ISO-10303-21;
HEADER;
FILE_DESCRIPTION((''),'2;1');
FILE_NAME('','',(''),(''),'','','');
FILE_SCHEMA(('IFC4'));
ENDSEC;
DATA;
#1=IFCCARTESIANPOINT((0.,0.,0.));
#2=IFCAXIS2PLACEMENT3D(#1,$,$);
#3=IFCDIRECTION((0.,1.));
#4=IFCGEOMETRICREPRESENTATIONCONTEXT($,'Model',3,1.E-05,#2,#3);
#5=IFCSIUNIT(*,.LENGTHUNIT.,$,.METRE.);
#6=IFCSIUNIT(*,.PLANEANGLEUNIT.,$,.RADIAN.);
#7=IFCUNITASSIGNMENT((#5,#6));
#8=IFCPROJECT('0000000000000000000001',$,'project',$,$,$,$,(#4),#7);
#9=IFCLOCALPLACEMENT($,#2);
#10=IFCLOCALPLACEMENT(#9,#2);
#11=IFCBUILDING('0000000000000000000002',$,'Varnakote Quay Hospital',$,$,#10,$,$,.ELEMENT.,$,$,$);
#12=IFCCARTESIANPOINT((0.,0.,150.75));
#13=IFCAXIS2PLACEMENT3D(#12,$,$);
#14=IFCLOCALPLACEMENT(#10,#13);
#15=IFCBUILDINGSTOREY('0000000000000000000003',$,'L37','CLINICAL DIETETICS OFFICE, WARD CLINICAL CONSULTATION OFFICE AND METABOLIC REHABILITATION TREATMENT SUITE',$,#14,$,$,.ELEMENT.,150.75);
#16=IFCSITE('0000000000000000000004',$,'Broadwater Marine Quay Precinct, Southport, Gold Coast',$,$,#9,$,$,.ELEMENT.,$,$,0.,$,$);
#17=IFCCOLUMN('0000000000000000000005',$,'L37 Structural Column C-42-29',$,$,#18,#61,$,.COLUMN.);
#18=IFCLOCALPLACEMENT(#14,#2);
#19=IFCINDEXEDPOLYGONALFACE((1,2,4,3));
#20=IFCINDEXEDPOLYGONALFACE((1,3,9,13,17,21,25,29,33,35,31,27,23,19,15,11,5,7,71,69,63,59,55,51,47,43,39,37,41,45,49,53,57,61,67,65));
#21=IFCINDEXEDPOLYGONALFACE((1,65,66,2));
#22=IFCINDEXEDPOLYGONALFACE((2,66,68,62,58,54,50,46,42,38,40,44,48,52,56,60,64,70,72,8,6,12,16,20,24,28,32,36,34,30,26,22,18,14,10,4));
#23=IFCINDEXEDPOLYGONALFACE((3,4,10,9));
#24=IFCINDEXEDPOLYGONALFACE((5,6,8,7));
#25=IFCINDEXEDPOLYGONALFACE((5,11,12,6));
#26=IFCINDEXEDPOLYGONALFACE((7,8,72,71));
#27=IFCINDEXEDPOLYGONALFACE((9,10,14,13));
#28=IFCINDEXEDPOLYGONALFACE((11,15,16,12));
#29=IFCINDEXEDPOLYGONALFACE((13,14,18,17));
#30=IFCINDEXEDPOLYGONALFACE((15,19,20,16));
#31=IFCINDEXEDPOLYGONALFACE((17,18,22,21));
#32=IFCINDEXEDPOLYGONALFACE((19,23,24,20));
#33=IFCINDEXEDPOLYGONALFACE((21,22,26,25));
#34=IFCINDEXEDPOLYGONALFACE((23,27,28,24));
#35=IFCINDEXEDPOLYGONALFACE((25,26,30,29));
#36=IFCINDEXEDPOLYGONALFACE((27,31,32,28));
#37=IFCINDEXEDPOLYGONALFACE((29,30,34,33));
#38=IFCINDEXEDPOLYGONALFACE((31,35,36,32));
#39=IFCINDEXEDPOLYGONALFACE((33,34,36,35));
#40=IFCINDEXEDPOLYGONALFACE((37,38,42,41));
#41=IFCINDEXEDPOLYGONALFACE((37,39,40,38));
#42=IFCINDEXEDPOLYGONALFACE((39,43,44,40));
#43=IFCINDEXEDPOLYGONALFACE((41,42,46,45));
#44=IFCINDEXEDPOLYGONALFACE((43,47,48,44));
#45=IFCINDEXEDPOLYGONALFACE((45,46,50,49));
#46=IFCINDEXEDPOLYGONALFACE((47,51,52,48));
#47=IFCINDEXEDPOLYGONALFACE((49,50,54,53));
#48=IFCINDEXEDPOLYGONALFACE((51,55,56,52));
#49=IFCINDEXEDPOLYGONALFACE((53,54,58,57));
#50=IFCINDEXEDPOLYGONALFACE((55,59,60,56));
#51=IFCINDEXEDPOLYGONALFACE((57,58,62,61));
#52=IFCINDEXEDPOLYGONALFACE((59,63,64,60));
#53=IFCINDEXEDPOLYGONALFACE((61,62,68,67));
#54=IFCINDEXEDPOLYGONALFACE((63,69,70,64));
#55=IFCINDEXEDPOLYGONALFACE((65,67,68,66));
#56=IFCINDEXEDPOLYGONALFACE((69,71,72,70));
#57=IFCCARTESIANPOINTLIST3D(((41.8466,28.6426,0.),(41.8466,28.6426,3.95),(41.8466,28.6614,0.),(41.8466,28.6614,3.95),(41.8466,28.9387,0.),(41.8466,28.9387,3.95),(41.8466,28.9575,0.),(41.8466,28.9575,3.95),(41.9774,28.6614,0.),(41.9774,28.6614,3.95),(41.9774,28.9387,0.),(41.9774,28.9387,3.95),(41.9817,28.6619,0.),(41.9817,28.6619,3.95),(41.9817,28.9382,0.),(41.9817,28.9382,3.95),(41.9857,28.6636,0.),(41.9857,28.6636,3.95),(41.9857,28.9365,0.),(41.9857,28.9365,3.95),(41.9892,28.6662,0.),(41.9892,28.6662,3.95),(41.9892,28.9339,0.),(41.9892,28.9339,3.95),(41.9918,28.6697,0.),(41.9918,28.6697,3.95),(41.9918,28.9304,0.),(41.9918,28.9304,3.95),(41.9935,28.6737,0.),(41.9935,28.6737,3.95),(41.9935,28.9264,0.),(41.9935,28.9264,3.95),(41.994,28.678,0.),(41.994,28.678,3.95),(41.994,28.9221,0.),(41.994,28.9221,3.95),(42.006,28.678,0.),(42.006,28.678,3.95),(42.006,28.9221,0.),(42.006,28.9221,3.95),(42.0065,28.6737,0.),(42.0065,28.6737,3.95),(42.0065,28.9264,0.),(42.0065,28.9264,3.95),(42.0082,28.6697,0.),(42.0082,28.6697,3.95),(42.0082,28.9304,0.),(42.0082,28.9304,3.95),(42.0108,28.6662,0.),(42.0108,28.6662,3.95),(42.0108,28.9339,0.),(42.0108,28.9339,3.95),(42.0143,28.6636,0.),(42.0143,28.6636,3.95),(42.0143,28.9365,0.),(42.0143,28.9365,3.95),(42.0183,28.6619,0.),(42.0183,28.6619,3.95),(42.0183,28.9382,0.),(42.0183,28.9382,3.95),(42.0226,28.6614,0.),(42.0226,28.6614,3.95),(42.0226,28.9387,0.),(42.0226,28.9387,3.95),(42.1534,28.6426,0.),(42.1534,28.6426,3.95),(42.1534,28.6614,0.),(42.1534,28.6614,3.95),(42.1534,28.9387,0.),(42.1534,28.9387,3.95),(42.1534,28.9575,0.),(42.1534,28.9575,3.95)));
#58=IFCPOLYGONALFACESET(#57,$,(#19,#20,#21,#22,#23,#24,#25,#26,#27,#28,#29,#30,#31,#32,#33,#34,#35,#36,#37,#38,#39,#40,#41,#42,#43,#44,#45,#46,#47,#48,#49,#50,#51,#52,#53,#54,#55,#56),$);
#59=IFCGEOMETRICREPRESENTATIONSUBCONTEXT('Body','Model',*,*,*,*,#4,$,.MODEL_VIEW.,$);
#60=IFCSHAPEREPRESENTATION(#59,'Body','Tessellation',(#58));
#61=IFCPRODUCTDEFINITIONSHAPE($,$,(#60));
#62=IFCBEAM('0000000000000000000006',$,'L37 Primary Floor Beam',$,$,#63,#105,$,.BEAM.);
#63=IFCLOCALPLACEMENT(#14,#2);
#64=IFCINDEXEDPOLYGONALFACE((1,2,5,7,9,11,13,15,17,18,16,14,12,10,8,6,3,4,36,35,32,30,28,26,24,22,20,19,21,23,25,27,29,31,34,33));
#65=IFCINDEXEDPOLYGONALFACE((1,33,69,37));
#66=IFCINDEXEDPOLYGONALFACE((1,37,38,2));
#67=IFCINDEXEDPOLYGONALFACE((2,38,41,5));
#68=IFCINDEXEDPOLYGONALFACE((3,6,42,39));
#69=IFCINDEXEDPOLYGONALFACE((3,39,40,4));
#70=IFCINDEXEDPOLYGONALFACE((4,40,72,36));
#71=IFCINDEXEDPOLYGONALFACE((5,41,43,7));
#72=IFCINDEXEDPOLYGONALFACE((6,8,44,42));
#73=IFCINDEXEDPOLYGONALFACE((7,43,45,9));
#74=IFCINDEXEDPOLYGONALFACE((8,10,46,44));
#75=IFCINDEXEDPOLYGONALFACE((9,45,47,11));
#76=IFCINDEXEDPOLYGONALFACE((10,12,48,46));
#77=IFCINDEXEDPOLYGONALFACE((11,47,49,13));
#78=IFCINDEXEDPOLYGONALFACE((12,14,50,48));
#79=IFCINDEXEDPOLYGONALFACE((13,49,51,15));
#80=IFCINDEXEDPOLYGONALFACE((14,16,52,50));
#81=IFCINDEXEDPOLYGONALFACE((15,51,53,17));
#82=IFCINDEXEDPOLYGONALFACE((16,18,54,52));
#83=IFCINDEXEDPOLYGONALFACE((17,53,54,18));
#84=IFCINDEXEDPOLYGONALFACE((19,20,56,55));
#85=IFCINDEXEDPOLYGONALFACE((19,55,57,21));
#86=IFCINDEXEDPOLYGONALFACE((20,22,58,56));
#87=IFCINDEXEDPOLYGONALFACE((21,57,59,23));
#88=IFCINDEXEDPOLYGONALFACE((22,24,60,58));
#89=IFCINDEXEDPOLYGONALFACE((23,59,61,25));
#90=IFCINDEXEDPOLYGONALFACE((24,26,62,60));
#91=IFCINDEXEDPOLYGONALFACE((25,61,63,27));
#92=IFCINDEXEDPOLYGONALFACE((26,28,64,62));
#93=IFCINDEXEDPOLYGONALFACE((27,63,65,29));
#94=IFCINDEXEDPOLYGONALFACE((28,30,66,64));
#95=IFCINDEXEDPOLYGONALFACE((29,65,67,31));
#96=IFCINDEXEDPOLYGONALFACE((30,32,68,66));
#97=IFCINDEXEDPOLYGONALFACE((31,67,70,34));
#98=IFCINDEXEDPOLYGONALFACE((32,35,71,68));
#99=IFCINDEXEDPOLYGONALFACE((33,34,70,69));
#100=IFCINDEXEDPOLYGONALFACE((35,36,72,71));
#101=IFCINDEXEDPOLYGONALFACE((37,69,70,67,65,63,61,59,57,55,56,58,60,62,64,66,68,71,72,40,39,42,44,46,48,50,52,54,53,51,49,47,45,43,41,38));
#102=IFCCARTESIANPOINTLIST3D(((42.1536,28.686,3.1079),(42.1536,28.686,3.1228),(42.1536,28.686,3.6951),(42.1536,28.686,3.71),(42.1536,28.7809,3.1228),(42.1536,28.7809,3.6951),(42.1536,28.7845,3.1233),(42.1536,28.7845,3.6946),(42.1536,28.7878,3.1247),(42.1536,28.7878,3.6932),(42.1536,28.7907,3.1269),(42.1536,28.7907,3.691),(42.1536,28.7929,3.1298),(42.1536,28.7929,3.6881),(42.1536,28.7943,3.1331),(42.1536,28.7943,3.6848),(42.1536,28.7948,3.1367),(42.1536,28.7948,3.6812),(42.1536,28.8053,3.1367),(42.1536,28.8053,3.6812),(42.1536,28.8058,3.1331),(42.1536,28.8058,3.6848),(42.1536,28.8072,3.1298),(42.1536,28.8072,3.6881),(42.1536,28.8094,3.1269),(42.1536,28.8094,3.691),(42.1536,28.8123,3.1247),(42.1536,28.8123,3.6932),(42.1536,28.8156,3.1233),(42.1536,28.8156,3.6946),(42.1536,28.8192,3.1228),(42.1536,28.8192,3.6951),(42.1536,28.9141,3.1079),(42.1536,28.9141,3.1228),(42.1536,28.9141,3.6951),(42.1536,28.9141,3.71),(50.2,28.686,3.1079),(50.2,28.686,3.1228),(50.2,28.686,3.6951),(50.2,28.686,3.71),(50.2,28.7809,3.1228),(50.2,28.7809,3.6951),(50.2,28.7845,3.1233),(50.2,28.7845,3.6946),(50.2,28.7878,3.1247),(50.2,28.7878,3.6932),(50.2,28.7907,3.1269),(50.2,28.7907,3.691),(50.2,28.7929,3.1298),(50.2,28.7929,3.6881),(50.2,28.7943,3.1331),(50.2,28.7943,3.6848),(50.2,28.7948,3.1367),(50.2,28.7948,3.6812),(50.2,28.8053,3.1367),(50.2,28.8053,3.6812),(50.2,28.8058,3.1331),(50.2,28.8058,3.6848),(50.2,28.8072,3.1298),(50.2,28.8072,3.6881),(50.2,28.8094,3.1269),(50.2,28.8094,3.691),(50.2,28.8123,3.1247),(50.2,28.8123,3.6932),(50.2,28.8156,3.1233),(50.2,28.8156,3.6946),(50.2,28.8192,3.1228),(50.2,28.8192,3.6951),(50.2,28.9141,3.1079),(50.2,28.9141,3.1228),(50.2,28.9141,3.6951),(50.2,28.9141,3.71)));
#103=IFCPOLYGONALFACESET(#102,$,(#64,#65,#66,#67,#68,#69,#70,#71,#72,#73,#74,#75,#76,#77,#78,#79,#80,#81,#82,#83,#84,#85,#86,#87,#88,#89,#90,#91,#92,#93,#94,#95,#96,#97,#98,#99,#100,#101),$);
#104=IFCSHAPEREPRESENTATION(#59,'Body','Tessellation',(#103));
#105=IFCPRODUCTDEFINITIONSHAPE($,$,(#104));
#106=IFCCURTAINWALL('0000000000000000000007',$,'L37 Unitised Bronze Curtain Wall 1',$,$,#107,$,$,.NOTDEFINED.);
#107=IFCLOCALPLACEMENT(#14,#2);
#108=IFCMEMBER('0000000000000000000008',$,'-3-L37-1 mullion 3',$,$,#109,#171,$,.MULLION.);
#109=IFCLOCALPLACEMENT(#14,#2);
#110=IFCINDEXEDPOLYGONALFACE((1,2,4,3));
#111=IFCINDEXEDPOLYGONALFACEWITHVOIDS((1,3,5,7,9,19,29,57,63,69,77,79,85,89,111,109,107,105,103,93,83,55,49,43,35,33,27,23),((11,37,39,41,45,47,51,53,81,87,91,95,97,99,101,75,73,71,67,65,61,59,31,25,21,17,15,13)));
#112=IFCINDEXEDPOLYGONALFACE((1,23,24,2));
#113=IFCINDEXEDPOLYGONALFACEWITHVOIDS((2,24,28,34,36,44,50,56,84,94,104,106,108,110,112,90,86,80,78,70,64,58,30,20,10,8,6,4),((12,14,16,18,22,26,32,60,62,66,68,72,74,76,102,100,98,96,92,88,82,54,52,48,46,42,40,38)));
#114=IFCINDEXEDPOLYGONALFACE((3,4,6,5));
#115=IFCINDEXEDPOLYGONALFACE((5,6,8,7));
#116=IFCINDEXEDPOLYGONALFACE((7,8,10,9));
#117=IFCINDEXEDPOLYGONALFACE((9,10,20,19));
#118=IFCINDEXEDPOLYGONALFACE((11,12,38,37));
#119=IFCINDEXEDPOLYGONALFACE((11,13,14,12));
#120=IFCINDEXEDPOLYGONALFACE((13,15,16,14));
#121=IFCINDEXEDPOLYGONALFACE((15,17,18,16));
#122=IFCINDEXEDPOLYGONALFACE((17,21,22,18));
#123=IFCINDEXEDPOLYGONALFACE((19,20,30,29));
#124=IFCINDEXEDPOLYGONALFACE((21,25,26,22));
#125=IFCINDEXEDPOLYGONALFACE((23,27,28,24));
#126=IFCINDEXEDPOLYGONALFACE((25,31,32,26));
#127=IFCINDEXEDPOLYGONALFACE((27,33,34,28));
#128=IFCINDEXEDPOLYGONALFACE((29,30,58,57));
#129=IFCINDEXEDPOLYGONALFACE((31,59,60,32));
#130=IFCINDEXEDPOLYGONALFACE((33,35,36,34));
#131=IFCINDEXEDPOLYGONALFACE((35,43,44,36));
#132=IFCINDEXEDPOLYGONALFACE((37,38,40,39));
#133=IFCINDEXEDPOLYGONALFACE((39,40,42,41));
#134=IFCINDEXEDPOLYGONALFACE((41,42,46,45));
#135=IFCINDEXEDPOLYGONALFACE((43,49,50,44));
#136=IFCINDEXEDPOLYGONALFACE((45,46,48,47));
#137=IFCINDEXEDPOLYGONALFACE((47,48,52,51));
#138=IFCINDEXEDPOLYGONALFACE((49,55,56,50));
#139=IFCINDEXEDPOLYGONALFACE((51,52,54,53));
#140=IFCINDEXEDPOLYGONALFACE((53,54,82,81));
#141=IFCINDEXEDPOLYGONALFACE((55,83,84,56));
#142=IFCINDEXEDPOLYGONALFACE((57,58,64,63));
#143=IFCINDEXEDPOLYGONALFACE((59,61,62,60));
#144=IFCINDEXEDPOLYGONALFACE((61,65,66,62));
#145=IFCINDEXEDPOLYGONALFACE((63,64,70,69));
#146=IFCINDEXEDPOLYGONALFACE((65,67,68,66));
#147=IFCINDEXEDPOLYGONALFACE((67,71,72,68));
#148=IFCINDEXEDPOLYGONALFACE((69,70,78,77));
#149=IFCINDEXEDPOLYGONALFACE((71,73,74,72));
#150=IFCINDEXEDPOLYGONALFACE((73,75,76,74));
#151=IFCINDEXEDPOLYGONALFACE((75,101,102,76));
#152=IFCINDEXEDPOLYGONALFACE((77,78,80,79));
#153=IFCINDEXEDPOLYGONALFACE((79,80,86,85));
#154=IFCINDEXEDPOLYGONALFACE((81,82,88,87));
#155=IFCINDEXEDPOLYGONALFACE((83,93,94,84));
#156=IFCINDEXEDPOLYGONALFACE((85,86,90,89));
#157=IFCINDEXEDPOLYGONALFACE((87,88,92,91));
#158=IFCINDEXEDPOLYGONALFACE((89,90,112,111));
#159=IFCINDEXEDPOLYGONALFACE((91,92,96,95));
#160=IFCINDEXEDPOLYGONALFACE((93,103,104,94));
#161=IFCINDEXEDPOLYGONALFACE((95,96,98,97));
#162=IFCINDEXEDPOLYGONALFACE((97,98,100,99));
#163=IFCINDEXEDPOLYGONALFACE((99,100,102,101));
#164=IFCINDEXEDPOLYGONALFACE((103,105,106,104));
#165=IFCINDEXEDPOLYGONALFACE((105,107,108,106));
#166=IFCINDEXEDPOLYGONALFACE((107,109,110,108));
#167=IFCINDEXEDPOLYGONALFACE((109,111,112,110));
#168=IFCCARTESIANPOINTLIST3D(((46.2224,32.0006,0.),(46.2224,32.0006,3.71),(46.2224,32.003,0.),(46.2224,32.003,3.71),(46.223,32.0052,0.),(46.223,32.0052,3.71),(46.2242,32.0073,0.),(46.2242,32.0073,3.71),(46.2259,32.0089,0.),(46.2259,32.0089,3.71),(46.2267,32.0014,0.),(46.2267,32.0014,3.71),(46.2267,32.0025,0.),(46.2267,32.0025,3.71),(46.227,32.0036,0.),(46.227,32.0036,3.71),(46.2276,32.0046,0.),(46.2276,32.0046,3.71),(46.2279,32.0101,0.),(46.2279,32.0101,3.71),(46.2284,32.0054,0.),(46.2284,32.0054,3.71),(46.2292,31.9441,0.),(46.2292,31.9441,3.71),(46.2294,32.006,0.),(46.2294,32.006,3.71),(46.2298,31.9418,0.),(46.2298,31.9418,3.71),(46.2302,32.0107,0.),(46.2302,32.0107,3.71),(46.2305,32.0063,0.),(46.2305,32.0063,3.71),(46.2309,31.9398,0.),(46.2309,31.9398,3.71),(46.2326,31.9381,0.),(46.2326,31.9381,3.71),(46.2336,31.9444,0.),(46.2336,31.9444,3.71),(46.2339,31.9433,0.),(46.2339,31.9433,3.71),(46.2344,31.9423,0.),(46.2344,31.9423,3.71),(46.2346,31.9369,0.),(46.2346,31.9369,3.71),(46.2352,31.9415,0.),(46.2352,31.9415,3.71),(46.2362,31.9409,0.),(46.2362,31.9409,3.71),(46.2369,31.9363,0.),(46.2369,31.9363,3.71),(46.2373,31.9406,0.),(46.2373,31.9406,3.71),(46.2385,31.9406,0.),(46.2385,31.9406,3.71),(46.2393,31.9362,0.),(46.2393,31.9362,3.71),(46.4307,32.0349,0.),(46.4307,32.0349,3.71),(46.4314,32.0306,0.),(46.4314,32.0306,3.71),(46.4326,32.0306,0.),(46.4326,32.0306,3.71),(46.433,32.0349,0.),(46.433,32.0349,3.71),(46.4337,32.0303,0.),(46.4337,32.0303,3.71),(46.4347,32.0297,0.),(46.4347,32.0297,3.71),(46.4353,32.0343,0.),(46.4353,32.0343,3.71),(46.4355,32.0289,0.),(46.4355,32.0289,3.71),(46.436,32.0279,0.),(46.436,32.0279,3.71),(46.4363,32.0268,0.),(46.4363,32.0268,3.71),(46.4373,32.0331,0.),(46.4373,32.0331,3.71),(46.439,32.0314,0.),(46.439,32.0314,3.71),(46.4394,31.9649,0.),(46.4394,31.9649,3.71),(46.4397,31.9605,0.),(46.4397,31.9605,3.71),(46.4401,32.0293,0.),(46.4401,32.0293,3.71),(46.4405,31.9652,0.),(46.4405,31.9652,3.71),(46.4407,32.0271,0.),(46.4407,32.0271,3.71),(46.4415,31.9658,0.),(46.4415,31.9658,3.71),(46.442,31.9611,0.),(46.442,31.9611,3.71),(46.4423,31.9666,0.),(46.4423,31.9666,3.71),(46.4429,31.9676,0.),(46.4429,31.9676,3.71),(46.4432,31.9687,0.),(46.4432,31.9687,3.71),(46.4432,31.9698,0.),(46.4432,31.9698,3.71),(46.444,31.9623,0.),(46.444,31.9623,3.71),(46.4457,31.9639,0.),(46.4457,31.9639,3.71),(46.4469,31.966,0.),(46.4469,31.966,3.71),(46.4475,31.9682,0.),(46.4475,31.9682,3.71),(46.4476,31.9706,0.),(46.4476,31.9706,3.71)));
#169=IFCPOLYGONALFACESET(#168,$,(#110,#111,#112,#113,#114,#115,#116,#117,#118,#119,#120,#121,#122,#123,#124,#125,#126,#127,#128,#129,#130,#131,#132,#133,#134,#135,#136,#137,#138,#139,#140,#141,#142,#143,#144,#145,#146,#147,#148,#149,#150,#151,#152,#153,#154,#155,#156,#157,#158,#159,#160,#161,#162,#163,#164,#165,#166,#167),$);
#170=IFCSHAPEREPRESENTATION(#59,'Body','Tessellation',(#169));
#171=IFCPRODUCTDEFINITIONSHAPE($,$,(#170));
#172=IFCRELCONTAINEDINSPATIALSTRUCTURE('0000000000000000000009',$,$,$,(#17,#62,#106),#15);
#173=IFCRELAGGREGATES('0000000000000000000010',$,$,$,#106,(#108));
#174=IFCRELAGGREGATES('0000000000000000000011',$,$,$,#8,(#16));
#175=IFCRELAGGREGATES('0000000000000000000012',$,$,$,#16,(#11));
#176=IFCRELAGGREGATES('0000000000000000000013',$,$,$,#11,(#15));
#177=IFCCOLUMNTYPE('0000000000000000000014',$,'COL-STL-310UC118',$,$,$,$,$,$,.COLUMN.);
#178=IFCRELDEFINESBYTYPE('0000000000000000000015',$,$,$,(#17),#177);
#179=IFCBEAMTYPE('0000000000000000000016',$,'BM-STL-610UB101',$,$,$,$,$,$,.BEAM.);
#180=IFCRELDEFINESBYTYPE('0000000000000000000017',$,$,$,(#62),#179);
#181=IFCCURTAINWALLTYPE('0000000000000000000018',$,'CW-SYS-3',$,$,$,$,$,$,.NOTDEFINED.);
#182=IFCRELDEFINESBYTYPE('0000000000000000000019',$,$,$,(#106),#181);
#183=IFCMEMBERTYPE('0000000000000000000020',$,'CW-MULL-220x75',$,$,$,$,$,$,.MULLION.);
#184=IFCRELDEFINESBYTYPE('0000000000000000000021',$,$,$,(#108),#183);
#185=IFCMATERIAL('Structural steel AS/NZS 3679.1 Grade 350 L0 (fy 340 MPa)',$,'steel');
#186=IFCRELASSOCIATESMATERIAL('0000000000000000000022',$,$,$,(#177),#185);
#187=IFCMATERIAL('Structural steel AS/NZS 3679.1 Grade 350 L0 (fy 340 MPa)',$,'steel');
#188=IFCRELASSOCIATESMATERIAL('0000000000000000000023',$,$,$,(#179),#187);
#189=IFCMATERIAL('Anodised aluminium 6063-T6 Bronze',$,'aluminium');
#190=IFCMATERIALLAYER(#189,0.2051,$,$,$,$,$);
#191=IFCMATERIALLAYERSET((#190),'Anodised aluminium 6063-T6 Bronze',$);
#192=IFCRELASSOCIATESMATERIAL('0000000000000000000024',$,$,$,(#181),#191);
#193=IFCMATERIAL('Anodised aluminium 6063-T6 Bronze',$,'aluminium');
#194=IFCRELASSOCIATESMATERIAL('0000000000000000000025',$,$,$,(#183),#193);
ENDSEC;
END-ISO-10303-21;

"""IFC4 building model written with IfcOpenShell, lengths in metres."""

from ifc_helpers import new_model, si_unit, direction, frame, origin, origin_2d, place, context, subcontext, project, spatial, hollow_rectangle, i_section, extrude, material, layer, layer_set, material_profile, profile_set, type_object, element, aggregate, save


model = new_model("IFC4")

# Units and contexts
model_context = context("Model", 3, precision=1e-05, world=origin(), true_north=direction((0.0, 1.0)))
body_context = subcontext(model_context, "Body", "Model", "MODEL_VIEW")
ifc_project = project(units=[si_unit("LENGTHUNIT", "METRE"), si_unit("PLANEANGLEUNIT", "RADIAN")], contexts=[model_context])

# Site, building, storey
site_placement = place(None, origin())
site = spatial("IfcSite", under=ifc_project, at=site_placement, Name="Broadwater Marine Quay Precinct, Southport, Gold Coast", CompositionType="ELEMENT", RefElevation=0.0)
building_placement = place(site_placement, origin())
building = spatial("IfcBuilding", under=site, at=building_placement, Name="Varnakote Quay Hospital", CompositionType="ELEMENT")
storey_placement = place(building_placement, frame((0.0, 0.0, 150.75)))
storey = spatial("IfcBuildingStorey", under=building, at=storey_placement, Name="L37", Description="CLINICAL DIETETICS OFFICE, WARD CLINICAL CONSULTATION OFFICE AND METABOLIC REHABILITATION TREATMENT SUITE", CompositionType="ELEMENT", Elevation=150.75)

# Column
ifc_material_1 = material(Name="Structural steel AS/NZS 3679.1 Grade 350 L0 (fy 340 MPa)", Category="steel")
ifc_material_profile_1 = material_profile(ifc_material_1, i_section(OverallWidth=0.3069, OverallDepth=0.3149, WebThickness=0.012, FlangeThickness=0.0188, FilletRadius=0.0166, at=origin_2d()), Name="310UC118")
ifc_profile_set_1 = profile_set([ifc_material_profile_1], Name="Structural steel AS/NZS 3679.1 Grade 350 L0 (fy 340 MPa)")
column_type = type_object("IfcColumnType", Name="COL-STL-310UC118", PredefinedType="COLUMN", material=ifc_profile_set_1)
column_placement = place(storey_placement, frame((42.0, 28.8, 0.0), z_axis=(0.0, 0.0, 1.0), x_axis=(1.0, 0.0, 0.0)))
element("IfcColumn", 1, at=column_placement, inside=storey, type_object=column_type, Name="L37 Structural Column C-42-29", PredefinedType="COLUMN", context=body_context, shape_type="SweptSolid", body=[
    extrude(i_section(OverallWidth=0.3069, OverallDepth=0.3149, WebThickness=0.012, FlangeThickness=0.0188, FilletRadius=0.0166, at=origin_2d()), origin(), (0.0, 0.0, 1.0), 3.95),
])

# Beam
ifc_material_2 = material(Name="Structural steel AS/NZS 3679.1 Grade 350 L0 (fy 340 MPa)", Category="steel")
ifc_material_profile_2 = material_profile(ifc_material_2, i_section(OverallWidth=0.228, OverallDepth=0.6021, WebThickness=0.0105, FlangeThickness=0.0149, FilletRadius=0.0139, at=origin_2d()), Name="610UB101")
ifc_profile_set_2 = profile_set([ifc_material_profile_2], Name="Structural steel AS/NZS 3679.1 Grade 350 L0 (fy 340 MPa)")
beam_type_1 = type_object("IfcBeamType", Name="BM-STL-610UB101", PredefinedType="BEAM", material=ifc_profile_set_2)
beam_1_placement = place(storey_placement, frame((42.1536, 28.8, 3.4089), z_axis=(1.0, 0.0, 0.0), x_axis=(0.0, 1.0, 0.0)))
element("IfcBeam", 2, at=beam_1_placement, inside=storey, type_object=beam_type_1, Name="L37 Primary Floor Beam", PredefinedType="BEAM", context=body_context, shape_type="SweptSolid", body=[
    extrude(i_section(OverallWidth=0.228, OverallDepth=0.6021, WebThickness=0.0105, FlangeThickness=0.0149, FilletRadius=0.0139, at=origin_2d()), origin(), (0.0, 0.0, 1.0), 8.0464),
])

# Curtain wall, member
ifc_material_3 = material(Name="Anodised aluminium 6063-T6 Bronze", Category="aluminium")
ifc_layer_1 = layer(ifc_material_3, 0.2051)
ifc_layer_set_1 = layer_set([ifc_layer_1], Name="Anodised aluminium 6063-T6 Bronze")
curtain_wall_type = type_object("IfcCurtainWallType", Name="CW-SYS-3", PredefinedType="NOTDEFINED", material=ifc_layer_set_1)
curtain_wall_placement = place(storey_placement, origin())
curtain_wall = element("IfcCurtainWall", 3, at=curtain_wall_placement, inside=storey, type_object=curtain_wall_type, Name="L37 Unitised Bronze Curtain Wall 1", PredefinedType="NOTDEFINED")
ifc_material_4 = material(Name="Anodised aluminium 6063-T6 Bronze", Category="aluminium")
ifc_material_profile_3 = material_profile(ifc_material_4, hollow_rectangle(XDim=0.075, YDim=0.22, WallThickness=0.0044, InnerFilletRadius=0.0044, OuterFilletRadius=0.009, at=origin_2d()), Name="CW-MULL-220x75")
ifc_profile_set_3 = profile_set([ifc_material_profile_3], Name="Anodised aluminium 6063-T6 Bronze")
member_type_1 = type_object("IfcMemberType", Name="CW-MULL-220x75", PredefinedType="MULLION", material=ifc_profile_set_3)
member_1_placement = place(storey_placement, frame((46.335, 31.9856, 0.0), z_axis=(0.0, 0.0, 1.0), x_axis=(0.120327, -0.992734, 0.0)))
member_1 = element("IfcMember", 4, at=member_1_placement, type_object=member_type_1, Name="-3-L37-1 mullion 3", PredefinedType="MULLION", context=body_context, shape_type="SweptSolid", body=[
    extrude(hollow_rectangle(XDim=0.075, YDim=0.22, WallThickness=0.0044, InnerFilletRadius=0.0044, OuterFilletRadius=0.009, at=origin_2d()), origin(), (0.0, 0.0, 1.0), 3.71),
])

aggregate(curtain_wall, [member_1])

save(model, "model.ifc")
